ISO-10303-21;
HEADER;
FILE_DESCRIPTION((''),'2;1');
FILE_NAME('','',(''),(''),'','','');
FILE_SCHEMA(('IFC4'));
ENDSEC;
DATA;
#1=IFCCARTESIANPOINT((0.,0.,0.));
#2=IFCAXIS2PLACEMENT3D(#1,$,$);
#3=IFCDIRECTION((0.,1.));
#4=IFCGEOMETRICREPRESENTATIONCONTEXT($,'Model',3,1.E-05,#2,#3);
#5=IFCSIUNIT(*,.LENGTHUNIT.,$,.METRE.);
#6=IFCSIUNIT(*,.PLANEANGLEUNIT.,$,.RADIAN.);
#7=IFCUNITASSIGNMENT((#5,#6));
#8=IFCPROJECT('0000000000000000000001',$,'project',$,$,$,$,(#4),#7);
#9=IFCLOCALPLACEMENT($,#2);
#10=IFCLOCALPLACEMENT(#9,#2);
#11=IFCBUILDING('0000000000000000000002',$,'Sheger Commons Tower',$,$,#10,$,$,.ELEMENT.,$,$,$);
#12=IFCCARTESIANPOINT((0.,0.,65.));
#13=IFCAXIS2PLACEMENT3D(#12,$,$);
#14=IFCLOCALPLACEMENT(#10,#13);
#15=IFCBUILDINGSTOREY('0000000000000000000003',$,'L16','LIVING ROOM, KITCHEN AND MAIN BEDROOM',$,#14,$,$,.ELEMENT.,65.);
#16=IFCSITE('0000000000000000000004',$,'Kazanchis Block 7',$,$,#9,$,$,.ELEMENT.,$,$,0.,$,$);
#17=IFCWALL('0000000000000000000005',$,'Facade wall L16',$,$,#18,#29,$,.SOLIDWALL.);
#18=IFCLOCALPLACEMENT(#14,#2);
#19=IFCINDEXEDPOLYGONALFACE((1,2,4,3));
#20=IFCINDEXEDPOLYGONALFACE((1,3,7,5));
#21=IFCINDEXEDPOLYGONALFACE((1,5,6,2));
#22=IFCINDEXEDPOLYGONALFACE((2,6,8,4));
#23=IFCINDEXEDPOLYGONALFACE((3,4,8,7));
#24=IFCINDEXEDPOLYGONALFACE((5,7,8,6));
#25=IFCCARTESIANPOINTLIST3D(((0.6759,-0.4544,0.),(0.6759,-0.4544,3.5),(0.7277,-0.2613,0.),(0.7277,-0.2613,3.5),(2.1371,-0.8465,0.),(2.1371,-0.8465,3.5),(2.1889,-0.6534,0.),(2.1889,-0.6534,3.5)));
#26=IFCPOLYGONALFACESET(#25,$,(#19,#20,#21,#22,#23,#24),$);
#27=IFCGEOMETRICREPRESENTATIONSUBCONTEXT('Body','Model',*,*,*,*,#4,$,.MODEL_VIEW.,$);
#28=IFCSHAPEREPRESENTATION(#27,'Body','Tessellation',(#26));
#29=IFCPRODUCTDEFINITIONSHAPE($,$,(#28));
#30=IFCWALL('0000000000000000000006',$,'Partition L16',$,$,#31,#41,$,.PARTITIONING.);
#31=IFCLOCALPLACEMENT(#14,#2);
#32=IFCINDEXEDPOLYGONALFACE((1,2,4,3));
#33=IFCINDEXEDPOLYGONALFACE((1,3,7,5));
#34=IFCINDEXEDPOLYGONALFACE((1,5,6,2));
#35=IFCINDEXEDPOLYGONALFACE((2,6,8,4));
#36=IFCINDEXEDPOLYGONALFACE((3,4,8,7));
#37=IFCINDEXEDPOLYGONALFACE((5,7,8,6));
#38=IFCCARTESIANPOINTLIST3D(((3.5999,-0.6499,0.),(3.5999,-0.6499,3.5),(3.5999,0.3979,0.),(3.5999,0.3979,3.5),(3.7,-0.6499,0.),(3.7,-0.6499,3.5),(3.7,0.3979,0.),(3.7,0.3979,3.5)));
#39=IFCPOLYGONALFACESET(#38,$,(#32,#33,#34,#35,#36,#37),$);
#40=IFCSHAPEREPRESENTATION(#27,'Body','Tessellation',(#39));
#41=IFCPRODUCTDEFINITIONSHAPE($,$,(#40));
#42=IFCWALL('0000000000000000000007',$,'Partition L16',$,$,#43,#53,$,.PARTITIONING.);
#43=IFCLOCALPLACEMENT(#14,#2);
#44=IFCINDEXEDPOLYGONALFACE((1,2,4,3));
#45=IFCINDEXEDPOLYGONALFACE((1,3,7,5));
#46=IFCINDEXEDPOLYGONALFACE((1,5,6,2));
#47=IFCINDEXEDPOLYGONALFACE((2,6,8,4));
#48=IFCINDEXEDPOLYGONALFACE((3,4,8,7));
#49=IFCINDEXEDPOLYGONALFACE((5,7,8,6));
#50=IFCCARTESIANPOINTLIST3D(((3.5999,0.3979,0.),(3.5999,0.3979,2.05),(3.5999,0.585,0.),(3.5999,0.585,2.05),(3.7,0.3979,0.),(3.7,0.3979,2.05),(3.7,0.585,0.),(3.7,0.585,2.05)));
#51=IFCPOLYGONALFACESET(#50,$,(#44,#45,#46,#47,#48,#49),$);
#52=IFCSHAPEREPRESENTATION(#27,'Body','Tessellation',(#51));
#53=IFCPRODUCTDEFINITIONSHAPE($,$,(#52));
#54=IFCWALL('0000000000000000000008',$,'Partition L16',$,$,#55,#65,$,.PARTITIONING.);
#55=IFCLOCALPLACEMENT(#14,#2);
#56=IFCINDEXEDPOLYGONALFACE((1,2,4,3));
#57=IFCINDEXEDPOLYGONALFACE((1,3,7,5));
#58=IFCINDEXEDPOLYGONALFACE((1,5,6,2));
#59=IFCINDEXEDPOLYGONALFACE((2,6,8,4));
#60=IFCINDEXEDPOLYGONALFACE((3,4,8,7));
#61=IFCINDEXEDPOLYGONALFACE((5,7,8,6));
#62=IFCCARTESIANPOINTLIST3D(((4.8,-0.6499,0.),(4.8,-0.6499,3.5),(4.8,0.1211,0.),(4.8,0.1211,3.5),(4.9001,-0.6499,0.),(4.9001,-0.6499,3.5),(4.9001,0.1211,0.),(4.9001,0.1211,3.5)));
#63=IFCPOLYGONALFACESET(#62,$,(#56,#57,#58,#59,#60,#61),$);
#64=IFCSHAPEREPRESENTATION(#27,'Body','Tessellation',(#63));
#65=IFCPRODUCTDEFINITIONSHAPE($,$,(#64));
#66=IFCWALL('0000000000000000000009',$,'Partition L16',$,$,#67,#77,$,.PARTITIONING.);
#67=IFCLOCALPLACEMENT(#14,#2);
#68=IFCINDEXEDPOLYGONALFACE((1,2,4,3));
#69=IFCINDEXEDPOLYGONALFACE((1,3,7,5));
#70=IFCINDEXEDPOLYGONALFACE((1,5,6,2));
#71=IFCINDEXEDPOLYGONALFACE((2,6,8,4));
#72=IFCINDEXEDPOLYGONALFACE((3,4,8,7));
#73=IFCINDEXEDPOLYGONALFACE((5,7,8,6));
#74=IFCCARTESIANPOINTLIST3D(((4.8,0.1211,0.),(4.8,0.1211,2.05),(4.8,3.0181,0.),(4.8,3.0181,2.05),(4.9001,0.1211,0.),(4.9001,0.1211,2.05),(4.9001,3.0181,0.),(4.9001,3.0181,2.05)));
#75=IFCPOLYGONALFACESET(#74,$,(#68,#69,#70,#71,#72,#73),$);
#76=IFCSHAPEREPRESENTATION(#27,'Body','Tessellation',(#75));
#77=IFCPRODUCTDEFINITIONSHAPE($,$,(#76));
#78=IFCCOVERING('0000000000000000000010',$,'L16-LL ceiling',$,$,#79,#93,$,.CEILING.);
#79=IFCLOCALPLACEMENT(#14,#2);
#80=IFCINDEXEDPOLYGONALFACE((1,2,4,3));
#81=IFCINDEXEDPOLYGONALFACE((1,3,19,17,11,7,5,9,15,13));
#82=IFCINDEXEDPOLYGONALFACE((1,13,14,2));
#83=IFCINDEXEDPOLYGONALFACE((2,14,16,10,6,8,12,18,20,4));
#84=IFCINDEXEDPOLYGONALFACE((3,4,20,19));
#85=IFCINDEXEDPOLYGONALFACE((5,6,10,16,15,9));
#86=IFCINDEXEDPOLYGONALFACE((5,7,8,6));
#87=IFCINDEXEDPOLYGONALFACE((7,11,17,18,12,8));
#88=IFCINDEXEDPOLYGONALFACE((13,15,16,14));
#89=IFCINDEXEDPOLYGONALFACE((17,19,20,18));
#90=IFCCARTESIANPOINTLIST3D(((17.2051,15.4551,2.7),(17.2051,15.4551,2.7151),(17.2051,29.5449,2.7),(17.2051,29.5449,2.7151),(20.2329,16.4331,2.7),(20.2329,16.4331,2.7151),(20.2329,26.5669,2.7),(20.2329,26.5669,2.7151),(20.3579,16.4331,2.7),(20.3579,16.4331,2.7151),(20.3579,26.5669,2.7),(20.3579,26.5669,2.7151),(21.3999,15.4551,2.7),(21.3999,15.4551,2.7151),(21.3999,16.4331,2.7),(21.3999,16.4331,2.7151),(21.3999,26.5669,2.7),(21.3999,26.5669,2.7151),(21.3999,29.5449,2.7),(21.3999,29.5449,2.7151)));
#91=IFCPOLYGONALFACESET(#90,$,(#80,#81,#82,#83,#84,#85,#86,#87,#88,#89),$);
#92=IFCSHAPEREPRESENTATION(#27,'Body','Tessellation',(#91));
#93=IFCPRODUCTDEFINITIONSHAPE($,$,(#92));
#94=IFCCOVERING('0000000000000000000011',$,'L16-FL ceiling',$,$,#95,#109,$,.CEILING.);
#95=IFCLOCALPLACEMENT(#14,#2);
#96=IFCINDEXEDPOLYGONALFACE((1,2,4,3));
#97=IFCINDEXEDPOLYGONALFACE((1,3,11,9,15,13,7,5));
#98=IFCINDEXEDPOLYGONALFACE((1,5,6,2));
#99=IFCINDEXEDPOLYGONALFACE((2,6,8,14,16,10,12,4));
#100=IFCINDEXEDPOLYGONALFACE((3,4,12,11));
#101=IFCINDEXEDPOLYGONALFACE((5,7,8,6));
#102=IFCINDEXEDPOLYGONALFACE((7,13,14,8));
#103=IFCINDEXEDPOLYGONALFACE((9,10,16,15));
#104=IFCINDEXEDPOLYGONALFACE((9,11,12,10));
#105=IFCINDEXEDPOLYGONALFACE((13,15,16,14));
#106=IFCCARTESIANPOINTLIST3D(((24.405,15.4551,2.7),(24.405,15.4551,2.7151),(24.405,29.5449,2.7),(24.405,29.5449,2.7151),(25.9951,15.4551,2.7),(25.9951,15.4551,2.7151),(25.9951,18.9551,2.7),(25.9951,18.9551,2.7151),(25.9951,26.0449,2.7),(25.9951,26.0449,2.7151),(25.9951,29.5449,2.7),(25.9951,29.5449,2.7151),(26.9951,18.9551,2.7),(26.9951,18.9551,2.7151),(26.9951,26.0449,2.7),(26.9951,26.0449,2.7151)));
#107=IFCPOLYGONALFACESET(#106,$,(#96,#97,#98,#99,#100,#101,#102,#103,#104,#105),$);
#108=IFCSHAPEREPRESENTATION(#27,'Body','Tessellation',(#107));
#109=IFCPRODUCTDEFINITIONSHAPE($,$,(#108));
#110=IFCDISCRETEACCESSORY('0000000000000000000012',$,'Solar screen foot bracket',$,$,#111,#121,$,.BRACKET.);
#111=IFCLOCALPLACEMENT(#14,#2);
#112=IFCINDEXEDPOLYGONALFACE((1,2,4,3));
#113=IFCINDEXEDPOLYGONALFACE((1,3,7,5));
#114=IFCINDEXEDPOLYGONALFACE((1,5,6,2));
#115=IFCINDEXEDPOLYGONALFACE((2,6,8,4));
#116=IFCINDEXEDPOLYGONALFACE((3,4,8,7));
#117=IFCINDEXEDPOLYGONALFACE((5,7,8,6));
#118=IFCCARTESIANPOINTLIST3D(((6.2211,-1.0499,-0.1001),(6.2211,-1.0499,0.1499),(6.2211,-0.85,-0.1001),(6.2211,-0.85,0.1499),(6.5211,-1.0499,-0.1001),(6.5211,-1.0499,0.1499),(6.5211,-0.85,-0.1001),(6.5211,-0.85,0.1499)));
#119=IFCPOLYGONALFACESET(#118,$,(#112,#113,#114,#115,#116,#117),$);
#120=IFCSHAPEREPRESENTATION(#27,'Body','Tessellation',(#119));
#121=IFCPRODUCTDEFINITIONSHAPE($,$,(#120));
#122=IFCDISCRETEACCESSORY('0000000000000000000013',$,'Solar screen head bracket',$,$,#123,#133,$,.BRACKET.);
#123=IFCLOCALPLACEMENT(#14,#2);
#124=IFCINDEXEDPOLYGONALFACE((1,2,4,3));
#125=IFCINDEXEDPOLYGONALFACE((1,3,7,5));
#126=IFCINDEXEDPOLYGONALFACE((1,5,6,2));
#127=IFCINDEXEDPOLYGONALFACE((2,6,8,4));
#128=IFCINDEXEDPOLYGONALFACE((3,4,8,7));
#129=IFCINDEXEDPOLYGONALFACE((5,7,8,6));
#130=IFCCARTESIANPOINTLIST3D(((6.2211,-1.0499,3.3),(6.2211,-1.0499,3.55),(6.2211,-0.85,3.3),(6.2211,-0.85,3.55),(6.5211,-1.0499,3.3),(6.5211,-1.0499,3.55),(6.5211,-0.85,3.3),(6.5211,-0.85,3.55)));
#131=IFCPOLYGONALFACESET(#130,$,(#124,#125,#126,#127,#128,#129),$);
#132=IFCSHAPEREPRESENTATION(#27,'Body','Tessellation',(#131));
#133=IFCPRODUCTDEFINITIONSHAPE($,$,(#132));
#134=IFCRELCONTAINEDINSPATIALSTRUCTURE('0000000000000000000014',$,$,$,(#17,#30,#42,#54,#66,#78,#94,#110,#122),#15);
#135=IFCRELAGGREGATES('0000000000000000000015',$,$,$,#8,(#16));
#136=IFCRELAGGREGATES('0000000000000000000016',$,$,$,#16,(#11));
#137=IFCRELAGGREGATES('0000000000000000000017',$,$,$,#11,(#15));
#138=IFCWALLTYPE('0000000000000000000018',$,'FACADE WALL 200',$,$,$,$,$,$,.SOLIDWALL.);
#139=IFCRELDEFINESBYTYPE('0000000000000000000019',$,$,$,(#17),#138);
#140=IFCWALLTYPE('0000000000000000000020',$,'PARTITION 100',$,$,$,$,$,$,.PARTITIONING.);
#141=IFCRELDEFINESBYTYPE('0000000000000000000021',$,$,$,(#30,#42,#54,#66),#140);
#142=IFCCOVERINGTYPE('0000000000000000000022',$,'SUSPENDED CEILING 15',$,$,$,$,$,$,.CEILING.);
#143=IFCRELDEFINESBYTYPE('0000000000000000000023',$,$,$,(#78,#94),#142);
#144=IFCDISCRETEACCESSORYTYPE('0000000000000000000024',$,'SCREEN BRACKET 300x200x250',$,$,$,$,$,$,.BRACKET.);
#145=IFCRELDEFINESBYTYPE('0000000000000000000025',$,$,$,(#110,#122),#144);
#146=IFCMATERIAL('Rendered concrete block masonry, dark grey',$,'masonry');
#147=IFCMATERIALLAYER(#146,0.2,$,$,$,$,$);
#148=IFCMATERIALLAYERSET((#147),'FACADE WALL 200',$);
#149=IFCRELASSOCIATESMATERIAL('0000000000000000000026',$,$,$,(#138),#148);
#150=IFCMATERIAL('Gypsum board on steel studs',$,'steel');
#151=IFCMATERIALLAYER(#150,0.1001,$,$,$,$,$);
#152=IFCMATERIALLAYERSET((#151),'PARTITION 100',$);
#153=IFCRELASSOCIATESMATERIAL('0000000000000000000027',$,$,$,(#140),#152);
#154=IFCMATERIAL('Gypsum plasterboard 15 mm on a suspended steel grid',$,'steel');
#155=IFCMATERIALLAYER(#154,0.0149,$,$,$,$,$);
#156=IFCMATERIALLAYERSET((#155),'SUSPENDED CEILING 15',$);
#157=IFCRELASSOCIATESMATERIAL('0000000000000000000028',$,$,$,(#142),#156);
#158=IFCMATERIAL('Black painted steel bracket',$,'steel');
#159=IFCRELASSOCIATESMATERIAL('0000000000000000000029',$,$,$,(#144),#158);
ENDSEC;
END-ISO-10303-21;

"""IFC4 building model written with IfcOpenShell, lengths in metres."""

from ifc_helpers import new_model, si_unit, direction, frame, frame_2d, origin, origin_2d, place, context, subcontext, project, spatial, polyline, rectangle, outline, extrude, material, layer, layer_set, type_object, element, save


model = new_model("IFC4")

# Units and contexts
model_context = context("Model", 3, precision=1e-05, world=origin(), true_north=direction((0.0, 1.0)))
body_context = subcontext(model_context, "Body", "Model", "MODEL_VIEW")
ifc_project = project(units=[si_unit("LENGTHUNIT", "METRE"), si_unit("PLANEANGLEUNIT", "RADIAN")], contexts=[model_context])

# Site, building, storey
site_placement = place(None, origin())
site = spatial("IfcSite", under=ifc_project, at=site_placement, Name="Kazanchis Block 7", CompositionType="ELEMENT", RefElevation=0.0)
building_placement = place(site_placement, origin())
building = spatial("IfcBuilding", under=site, at=building_placement, Name="Sheger Commons Tower", CompositionType="ELEMENT")
storey_placement = place(building_placement, frame((0.0, 0.0, 65.0)))
storey = spatial("IfcBuildingStorey", under=building, at=storey_placement, Name="L16", Description="LIVING ROOM, KITCHEN AND MAIN BEDROOM", CompositionType="ELEMENT", Elevation=65.0)

# Shared definitions
ifc_material_1 = material(Name="Rendered concrete block masonry, dark grey", Category="masonry")
ifc_layer_1 = layer(ifc_material_1, 0.2)
ifc_layer_set_1 = layer_set([ifc_layer_1], Name="FACADE WALL 200")
wall_type_1 = type_object("IfcWallType", Name="FACADE WALL 200", PredefinedType="SOLIDWALL", material=ifc_layer_set_1)

# Walls
wall_1_placement = place(storey_placement, frame((0.7019, -0.3579, 0.0), z_axis=(0.0, 0.0, 1.0), x_axis=(0.965832, -0.259169, 0.0)))
element("IfcWall", 1, at=wall_1_placement, inside=storey, type_object=wall_type_1, Name="Facade wall L16", PredefinedType="SOLIDWALL", context=body_context, shape_type="SweptSolid", body=[
    extrude(rectangle(XDim=1.5129, YDim=0.2, at=frame_2d((0.7563, 0.0))), origin(), (0.0, 0.0, 1.0), 3.5),
])
ifc_material_2 = material(Name="Gypsum board on steel studs", Category="steel")
ifc_layer_2 = layer(ifc_material_2, 0.1001)
ifc_layer_set_2 = layer_set([ifc_layer_2], Name="PARTITION 100")
wall_type_2 = type_object("IfcWallType", Name="PARTITION 100", PredefinedType="PARTITIONING", material=ifc_layer_set_2)
wall_2_placement = place(storey_placement, frame((3.6499, -0.6499, 0.0), z_axis=(0.0, 0.0, 1.0), x_axis=(0.0, 1.0, 0.0)))
element("IfcWall", 2, at=wall_2_placement, inside=storey, type_object=wall_type_2, Name="Partition L16", PredefinedType="PARTITIONING", context=body_context, shape_type="SweptSolid", body=[
    extrude(rectangle(XDim=1.0479, YDim=0.1001, at=frame_2d((0.5239, 0.0))), origin(), (0.0, 0.0, 1.0), 3.5),
])
wall_3_placement = place(storey_placement, frame((3.6499, 0.3979, 0.0), z_axis=(0.0, 0.0, 1.0), x_axis=(0.0, 1.0, 0.0)))
element("IfcWall", 3, at=wall_3_placement, inside=storey, type_object=wall_type_2, Name="Partition L16", PredefinedType="PARTITIONING", context=body_context, shape_type="SweptSolid", body=[
    extrude(rectangle(XDim=0.187, YDim=0.1001, at=frame_2d((0.0935, 0.0))), origin(), (0.0, 0.0, 1.0), 2.05),
])
wall_4_placement = place(storey_placement, frame((4.8501, -0.6499, 0.0), z_axis=(0.0, 0.0, 1.0), x_axis=(0.0, 1.0, 0.0)))
element("IfcWall", 4, at=wall_4_placement, inside=storey, type_object=wall_type_2, Name="Partition L16", PredefinedType="PARTITIONING", context=body_context, shape_type="SweptSolid", body=[
    extrude(rectangle(XDim=0.771, YDim=0.1001, at=frame_2d((0.3855, 0.0))), origin(), (0.0, 0.0, 1.0), 3.5),
])
wall_5_placement = place(storey_placement, frame((4.8501, 0.1211, 0.0), z_axis=(0.0, 0.0, 1.0), x_axis=(0.0, 1.0, 0.0)))
element("IfcWall", 5, at=wall_5_placement, inside=storey, type_object=wall_type_2, Name="Partition L16", PredefinedType="PARTITIONING", context=body_context, shape_type="SweptSolid", body=[
    extrude(rectangle(XDim=2.897, YDim=0.1001, at=frame_2d((1.4485, 0.0))), origin(), (0.0, 0.0, 1.0), 2.05),
])

# Coverings
ifc_material_3 = material(Name="Gypsum plasterboard 15 mm on a suspended steel grid", Category="steel")
ifc_layer_3 = layer(ifc_material_3, 0.0149)
ifc_layer_set_3 = layer_set([ifc_layer_3], Name="SUSPENDED CEILING 15")
covering_type = type_object("IfcCoveringType", Name="SUSPENDED CEILING 15", PredefinedType="CEILING", material=ifc_layer_set_3)
covering_1_placement = place(storey_placement, frame((0.0, 0.0, 2.7)))
element("IfcCovering", 6, at=covering_1_placement, inside=storey, type_object=covering_type, Name="L16-LL ceiling", PredefinedType="CEILING", context=body_context, shape_type="SweptSolid", body=[
    extrude(outline(polyline([(17.2051, 15.4551), (21.3999, 15.4551), (21.3999, 16.4331), (20.3579, 16.4331), (20.2329, 16.4331), (20.2329, 26.5669), (20.3579, 26.5669), (21.3999, 26.5669), (21.3999, 29.5449), (17.2051, 29.5449), (17.2051, 15.4551)])), origin(), (0.0, 0.0, 1.0), 0.0151),
])
covering_2_placement = place(storey_placement, frame((0.0, 0.0, 2.7)))
element("IfcCovering", 7, at=covering_2_placement, inside=storey, type_object=covering_type, Name="L16-FL ceiling", PredefinedType="CEILING", context=body_context, shape_type="SweptSolid", body=[
    extrude(outline(polyline([(24.405, 15.4551), (25.9951, 15.4551), (25.9951, 18.9551), (26.9951, 18.9551), (26.9951, 26.0449), (25.9951, 26.0449), (25.9951, 29.5449), (24.405, 29.5449), (24.405, 15.4551)])), origin(), (0.0, 0.0, 1.0), 0.0151),
])

# Discrete accessories
ifc_material_4 = material(Name="Black painted steel bracket", Category="steel")
discrete_accessory_type = type_object("IfcDiscreteAccessoryType", Name="SCREEN BRACKET 300x200x250", PredefinedType="BRACKET", material=ifc_material_4)
for number, where, z_axis, x_axis, name in (
    (8, (6.3711, -0.95, -0.1001), (0.0, 0.0, 1.0), (1.0, 0.0, 0.0), "Solar screen foot bracket"),
    (9, (6.3711, -0.95, 3.3), (0.0, 0.0, 1.0), (1.0, 0.0, 0.0), "Solar screen head bracket"),
):
    element("IfcDiscreteAccessory", number, at=place(storey_placement, frame(where, z_axis=z_axis, x_axis=x_axis)), inside=storey, type_object=discrete_accessory_type, Name=name, PredefinedType="BRACKET", context=body_context, shape_type="SweptSolid", body=[
        extrude(rectangle(XDim=0.3, YDim=0.2, at=origin_2d()), origin(), (0.0, 0.0, 1.0), 0.25),
    ])

save(model, "model.ifc")
